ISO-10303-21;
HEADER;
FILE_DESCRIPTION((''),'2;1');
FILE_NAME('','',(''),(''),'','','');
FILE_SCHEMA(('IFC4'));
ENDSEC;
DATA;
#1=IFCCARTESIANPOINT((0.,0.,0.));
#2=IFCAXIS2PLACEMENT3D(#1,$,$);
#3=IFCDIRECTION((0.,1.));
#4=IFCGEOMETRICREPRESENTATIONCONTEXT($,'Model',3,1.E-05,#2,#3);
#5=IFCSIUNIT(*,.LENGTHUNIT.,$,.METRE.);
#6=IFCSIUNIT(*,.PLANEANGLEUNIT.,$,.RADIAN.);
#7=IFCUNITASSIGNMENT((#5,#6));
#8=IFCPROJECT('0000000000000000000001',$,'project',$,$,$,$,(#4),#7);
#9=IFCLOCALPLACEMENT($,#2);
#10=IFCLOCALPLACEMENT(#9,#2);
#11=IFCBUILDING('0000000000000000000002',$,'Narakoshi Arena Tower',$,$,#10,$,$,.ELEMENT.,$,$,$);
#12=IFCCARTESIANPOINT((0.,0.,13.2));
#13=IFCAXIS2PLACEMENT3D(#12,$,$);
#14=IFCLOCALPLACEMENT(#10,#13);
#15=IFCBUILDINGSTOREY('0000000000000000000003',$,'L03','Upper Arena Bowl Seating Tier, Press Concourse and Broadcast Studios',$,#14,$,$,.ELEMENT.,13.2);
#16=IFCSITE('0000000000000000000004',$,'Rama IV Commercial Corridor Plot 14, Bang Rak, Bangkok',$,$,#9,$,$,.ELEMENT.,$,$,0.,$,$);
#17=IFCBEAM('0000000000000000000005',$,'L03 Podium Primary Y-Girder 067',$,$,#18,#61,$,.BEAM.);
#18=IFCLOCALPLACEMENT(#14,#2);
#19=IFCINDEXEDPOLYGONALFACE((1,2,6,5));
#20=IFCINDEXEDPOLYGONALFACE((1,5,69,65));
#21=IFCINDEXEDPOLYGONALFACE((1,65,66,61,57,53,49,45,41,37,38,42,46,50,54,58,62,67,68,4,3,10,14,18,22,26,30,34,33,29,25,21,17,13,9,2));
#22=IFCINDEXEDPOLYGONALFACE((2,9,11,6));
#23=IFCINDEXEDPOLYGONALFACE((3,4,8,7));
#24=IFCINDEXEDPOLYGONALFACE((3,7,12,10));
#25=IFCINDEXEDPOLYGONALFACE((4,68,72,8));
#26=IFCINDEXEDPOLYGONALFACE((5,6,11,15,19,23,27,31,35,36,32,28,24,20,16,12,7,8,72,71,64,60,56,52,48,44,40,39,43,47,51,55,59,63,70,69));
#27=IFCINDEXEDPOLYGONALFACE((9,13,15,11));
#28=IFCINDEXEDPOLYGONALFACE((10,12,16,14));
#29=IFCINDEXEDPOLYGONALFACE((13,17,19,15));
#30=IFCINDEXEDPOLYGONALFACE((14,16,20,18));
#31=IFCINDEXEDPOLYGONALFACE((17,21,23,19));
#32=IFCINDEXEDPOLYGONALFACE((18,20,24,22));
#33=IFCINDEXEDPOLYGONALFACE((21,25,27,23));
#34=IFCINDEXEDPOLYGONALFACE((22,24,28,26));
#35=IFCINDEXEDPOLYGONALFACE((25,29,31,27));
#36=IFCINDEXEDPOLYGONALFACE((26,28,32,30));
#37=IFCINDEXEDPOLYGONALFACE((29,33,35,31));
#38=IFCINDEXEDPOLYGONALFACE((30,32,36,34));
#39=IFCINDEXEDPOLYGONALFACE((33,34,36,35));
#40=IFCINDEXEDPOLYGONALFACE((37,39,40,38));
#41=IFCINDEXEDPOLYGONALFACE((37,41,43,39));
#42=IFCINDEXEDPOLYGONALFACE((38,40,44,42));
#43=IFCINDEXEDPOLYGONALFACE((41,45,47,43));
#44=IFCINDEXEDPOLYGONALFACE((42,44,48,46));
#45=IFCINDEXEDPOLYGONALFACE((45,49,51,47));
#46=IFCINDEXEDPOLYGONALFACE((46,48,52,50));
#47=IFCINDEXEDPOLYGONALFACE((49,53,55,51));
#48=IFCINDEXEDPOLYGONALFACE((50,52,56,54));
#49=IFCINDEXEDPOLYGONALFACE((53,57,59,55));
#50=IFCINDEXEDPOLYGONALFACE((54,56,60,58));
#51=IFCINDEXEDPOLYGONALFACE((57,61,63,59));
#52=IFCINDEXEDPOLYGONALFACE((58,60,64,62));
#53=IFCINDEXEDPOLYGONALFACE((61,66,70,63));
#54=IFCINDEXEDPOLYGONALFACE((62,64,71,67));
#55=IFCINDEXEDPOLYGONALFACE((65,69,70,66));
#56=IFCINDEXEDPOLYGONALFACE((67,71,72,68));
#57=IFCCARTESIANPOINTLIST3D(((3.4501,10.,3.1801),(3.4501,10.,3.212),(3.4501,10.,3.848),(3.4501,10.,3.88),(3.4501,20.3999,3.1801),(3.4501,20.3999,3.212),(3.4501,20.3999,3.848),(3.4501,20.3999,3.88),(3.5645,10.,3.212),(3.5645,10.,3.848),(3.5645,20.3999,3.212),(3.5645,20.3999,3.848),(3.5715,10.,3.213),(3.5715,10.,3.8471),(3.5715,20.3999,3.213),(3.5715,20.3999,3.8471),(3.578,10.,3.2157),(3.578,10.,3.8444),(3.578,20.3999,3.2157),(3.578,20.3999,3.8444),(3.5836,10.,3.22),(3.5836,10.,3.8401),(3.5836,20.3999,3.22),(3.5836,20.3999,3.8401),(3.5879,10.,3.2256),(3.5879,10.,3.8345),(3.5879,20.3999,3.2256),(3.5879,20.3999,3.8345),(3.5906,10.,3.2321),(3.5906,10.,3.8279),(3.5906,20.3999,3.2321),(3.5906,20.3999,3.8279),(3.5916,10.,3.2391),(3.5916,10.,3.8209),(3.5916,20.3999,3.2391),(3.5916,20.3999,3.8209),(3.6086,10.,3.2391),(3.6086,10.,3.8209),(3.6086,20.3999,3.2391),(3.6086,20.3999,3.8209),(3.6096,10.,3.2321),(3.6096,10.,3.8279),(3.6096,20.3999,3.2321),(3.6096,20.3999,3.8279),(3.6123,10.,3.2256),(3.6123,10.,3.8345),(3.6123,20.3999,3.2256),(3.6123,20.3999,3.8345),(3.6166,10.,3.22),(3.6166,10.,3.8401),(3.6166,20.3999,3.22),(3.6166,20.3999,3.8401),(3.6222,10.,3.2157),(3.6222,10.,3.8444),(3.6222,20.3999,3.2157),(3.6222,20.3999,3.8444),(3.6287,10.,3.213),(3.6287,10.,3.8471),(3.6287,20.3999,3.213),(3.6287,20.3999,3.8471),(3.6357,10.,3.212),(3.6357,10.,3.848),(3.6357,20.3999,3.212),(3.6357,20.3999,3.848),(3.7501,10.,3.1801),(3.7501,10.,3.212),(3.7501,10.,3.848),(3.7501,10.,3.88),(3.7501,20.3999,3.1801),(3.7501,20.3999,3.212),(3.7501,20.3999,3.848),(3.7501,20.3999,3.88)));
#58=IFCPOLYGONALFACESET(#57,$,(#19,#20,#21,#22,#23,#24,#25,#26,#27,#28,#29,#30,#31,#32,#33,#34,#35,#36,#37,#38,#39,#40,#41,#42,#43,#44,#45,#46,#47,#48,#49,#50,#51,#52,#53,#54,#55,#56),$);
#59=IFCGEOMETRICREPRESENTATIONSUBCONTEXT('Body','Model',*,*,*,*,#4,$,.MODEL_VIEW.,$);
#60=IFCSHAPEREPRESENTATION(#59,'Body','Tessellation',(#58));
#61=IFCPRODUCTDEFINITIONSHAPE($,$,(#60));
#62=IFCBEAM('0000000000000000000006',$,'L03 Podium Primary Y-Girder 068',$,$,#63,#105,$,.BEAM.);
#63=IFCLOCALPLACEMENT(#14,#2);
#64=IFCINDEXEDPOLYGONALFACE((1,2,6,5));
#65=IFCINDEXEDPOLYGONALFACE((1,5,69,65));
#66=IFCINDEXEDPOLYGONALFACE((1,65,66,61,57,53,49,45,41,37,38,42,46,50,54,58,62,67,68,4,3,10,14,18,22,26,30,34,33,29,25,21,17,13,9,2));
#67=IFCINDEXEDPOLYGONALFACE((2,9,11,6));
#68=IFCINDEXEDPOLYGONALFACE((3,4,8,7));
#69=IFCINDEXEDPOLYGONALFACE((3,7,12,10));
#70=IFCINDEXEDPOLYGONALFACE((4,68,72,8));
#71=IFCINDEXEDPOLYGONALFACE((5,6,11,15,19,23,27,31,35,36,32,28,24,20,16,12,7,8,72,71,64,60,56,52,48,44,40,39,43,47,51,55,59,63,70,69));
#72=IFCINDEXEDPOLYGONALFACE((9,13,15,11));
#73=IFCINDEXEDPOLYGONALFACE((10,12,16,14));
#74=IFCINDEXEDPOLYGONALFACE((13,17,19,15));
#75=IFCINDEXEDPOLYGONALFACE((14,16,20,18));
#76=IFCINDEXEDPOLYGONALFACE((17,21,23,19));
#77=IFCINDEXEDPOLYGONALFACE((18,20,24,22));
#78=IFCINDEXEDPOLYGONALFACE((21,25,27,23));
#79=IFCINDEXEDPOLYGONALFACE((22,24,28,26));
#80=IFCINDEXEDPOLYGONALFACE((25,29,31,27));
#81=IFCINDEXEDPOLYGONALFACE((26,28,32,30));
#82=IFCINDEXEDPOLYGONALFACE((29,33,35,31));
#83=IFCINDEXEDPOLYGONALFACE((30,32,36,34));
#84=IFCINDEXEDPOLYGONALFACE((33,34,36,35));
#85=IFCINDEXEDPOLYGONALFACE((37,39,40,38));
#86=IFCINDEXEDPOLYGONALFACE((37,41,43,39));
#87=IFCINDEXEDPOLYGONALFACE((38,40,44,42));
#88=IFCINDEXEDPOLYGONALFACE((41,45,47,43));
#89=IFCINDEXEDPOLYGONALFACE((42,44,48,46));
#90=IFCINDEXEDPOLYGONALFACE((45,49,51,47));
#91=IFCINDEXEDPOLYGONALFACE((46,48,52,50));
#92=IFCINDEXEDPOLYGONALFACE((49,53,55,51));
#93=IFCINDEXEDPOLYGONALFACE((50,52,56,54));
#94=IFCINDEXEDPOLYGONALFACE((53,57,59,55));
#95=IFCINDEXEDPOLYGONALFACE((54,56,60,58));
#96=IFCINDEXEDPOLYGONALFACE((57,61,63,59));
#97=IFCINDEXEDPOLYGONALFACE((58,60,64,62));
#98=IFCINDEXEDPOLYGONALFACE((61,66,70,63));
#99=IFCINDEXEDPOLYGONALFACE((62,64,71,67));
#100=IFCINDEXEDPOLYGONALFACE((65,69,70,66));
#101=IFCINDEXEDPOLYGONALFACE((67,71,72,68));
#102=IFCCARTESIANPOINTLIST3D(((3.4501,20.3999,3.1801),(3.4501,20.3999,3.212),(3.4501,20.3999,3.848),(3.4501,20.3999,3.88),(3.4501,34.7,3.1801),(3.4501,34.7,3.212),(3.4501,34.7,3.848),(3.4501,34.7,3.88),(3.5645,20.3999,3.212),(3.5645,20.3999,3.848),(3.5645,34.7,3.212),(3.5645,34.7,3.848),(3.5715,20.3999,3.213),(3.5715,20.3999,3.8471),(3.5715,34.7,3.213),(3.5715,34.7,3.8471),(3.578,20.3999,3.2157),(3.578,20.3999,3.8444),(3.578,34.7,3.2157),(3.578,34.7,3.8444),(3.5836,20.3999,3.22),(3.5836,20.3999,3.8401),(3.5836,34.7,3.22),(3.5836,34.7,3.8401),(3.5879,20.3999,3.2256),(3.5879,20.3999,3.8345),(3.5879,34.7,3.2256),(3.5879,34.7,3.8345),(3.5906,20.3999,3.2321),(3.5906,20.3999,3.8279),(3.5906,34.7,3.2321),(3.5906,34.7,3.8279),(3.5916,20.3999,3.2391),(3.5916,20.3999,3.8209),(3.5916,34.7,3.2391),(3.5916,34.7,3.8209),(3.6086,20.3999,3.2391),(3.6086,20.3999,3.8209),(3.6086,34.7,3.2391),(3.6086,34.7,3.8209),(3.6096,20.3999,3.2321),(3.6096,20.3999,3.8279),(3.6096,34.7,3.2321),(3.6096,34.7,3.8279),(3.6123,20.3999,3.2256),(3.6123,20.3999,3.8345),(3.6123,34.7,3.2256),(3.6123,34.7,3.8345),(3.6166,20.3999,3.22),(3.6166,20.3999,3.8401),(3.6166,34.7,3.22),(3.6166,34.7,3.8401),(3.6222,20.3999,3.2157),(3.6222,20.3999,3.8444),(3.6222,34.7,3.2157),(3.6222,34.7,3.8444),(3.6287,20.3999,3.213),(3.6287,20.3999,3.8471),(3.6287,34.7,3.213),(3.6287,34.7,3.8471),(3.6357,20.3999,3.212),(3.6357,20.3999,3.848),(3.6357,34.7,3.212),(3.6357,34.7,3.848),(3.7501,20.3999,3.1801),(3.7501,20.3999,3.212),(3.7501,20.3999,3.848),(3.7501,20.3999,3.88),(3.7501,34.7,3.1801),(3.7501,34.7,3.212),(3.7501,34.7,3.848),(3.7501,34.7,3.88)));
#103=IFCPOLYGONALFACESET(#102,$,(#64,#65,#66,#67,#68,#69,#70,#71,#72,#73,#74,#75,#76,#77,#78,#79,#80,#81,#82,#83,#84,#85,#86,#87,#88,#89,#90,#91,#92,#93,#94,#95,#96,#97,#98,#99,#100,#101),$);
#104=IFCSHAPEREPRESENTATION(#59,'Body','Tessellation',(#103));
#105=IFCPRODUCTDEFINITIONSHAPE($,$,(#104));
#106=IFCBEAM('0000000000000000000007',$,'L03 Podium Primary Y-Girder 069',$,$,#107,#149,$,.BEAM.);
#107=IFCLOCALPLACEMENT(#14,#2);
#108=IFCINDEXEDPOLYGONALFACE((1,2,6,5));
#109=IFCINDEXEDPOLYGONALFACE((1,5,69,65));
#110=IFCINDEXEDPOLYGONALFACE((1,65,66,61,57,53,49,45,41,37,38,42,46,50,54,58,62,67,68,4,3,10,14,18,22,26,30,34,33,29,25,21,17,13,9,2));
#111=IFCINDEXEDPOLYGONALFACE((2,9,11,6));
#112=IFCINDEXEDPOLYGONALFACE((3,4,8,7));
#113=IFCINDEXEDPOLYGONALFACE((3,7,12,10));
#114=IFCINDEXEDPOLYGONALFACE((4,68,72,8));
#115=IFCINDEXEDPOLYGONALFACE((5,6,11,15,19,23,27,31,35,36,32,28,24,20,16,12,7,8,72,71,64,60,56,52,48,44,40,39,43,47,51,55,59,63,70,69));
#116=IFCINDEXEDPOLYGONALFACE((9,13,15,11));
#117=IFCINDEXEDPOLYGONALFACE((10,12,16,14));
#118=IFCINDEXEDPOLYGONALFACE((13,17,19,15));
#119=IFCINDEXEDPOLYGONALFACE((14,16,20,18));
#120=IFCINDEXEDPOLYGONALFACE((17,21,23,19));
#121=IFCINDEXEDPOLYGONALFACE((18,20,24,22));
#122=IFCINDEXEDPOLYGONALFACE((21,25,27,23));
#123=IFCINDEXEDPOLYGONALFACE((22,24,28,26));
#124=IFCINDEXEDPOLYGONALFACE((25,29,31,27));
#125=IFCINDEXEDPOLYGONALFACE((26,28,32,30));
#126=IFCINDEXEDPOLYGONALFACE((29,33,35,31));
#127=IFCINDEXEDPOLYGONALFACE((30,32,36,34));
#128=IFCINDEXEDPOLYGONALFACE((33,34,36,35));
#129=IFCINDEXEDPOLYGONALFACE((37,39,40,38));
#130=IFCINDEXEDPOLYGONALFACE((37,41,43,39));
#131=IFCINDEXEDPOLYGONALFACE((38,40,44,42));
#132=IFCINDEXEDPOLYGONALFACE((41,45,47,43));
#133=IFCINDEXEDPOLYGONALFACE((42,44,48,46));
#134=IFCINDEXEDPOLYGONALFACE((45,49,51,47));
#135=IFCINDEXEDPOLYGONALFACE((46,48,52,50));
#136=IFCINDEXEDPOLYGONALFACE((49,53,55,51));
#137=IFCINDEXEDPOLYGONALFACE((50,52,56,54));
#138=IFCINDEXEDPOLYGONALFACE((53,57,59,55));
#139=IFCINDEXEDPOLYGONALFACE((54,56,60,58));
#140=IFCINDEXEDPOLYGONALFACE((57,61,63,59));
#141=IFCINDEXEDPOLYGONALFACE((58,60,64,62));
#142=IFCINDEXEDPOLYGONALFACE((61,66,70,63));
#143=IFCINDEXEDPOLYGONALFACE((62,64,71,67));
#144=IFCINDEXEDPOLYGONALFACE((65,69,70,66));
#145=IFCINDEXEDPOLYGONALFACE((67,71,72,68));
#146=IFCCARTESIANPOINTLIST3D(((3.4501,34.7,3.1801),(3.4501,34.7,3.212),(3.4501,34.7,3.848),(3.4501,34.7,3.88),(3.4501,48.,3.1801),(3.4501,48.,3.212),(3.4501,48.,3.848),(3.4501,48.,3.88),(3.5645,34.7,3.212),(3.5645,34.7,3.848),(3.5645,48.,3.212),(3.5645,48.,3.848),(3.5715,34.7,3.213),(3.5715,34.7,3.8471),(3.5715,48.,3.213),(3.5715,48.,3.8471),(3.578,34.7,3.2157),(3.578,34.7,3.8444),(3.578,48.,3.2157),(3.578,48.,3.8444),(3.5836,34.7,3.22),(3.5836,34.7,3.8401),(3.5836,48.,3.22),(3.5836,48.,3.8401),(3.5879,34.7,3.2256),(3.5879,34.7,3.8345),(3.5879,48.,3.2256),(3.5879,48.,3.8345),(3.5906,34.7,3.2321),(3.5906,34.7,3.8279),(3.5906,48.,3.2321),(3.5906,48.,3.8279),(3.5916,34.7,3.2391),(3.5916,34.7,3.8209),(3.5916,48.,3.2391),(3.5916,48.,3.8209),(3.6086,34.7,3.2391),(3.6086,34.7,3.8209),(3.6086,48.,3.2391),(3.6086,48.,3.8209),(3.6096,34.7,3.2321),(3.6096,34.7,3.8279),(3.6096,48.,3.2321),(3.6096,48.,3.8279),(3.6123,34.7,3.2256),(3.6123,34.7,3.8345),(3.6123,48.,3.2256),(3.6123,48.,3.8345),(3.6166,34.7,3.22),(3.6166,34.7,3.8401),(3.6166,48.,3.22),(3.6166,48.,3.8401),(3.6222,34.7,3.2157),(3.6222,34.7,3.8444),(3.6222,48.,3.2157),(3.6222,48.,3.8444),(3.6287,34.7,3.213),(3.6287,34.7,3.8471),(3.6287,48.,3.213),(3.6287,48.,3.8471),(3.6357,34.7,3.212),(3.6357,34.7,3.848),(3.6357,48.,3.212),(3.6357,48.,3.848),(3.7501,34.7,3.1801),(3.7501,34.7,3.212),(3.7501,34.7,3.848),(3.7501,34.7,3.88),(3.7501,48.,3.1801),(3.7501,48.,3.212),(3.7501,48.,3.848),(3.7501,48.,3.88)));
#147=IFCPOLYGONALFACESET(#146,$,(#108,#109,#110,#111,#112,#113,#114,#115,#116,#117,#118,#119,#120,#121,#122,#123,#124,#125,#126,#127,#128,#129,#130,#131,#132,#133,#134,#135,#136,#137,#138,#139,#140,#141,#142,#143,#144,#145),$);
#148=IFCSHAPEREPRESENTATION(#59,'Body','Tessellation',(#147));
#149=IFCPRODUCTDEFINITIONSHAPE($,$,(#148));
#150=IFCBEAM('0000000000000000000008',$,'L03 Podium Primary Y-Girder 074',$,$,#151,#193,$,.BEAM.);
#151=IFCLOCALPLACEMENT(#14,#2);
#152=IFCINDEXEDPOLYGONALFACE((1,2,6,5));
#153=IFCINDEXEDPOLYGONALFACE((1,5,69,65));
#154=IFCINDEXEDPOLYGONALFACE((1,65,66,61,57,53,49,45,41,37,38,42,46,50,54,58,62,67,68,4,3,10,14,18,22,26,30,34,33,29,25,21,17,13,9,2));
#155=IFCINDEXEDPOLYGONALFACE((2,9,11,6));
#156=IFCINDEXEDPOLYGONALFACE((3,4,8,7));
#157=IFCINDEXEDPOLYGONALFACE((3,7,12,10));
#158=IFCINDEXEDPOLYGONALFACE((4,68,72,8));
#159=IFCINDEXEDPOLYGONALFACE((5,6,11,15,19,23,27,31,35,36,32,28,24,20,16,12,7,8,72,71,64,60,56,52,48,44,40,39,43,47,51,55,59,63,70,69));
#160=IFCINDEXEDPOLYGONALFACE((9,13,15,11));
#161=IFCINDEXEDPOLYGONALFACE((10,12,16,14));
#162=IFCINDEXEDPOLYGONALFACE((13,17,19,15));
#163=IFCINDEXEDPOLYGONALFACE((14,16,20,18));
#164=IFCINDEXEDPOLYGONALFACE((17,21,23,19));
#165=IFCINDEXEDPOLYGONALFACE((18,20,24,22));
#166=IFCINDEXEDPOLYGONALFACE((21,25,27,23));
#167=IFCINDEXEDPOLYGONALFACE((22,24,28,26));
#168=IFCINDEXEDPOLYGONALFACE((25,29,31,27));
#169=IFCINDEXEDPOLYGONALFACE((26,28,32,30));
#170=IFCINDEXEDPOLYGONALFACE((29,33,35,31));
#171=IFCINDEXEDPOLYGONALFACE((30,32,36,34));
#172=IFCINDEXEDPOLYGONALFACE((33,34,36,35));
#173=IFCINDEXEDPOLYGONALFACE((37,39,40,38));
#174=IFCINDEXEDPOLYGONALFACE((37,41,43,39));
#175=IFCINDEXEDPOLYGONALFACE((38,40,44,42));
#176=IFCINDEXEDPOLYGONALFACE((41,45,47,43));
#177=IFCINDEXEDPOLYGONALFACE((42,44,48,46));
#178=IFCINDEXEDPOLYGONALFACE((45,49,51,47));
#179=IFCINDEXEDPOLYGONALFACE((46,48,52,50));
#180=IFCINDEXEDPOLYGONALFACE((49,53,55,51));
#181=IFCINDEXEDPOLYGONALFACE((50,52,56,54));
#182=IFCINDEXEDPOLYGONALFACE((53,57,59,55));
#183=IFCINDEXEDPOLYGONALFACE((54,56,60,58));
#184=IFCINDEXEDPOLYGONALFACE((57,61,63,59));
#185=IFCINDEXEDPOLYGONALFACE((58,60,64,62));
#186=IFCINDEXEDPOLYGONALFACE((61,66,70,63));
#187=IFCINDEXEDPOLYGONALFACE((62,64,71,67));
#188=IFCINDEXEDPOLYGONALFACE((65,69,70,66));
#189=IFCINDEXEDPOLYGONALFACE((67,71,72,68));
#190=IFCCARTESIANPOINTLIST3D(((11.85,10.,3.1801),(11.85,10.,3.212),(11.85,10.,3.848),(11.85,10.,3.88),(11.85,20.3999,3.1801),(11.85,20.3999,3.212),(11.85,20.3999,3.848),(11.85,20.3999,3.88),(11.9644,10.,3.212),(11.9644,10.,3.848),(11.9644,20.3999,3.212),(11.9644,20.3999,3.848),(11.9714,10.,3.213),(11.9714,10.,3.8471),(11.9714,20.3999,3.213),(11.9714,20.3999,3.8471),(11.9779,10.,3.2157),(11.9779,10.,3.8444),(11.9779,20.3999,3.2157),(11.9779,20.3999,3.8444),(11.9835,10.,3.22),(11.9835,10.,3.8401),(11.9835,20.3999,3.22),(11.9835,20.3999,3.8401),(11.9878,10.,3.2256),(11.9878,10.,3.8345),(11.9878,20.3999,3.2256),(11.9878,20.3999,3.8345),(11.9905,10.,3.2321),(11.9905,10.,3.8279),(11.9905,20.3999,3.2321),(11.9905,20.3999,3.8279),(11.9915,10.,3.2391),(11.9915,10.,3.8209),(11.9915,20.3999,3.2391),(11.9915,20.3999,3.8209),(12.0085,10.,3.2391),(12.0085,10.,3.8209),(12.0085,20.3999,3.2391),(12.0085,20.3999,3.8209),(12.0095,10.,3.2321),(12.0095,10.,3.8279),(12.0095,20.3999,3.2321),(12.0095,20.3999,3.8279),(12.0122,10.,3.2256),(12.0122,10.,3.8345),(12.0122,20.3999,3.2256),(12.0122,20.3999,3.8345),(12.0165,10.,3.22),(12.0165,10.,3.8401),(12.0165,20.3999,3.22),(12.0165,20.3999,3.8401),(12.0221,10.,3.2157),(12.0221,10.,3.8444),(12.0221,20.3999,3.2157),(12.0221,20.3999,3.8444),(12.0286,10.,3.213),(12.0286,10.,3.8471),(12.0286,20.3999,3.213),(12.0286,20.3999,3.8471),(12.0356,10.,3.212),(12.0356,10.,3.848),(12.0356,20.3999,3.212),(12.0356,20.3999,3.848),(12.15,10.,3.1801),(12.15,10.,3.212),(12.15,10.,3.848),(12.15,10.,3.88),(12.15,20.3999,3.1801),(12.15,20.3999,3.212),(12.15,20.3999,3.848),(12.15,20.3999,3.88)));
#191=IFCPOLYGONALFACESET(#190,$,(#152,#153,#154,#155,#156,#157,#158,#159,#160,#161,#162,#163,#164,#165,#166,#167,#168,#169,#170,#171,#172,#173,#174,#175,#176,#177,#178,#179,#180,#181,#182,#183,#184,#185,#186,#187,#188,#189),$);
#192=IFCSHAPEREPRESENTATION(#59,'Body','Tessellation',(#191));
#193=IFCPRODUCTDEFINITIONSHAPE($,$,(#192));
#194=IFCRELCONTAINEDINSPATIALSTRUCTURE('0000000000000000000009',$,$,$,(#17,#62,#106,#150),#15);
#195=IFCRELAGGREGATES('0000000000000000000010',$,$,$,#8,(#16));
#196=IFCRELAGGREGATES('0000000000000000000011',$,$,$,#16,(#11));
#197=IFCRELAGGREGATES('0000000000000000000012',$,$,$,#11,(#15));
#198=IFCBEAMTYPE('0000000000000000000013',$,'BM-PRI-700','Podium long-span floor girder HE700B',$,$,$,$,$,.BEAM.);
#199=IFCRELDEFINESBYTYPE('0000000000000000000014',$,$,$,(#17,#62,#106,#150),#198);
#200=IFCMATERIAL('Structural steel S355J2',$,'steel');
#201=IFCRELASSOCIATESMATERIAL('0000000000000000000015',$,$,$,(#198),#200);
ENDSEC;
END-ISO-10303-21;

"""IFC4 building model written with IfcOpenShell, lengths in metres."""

from ifc_helpers import new_model, si_unit, direction, frame, origin, origin_2d, place, context, subcontext, project, spatial, i_section, extrude, material, material_profile, profile_set, type_object, element, save


model = new_model("IFC4")

# Units and contexts
model_context = context("Model", 3, precision=1e-05, world=origin(), true_north=direction((0.0, 1.0)))
body_context = subcontext(model_context, "Body", "Model", "MODEL_VIEW")
ifc_project = project(units=[si_unit("LENGTHUNIT", "METRE"), si_unit("PLANEANGLEUNIT", "RADIAN")], contexts=[model_context])

# Site, building, storey
site_placement = place(None, origin())
site = spatial("IfcSite", under=ifc_project, at=site_placement, Name="Rama IV Commercial Corridor Plot 14, Bang Rak, Bangkok", CompositionType="ELEMENT", RefElevation=0.0)
building_placement = place(site_placement, origin())
building = spatial("IfcBuilding", under=site, at=building_placement, Name="Narakoshi Arena Tower", CompositionType="ELEMENT")
storey_placement = place(building_placement, frame((0.0, 0.0, 13.2)))
storey = spatial("IfcBuildingStorey", under=building, at=storey_placement, Name="L03", Description="Upper Arena Bowl Seating Tier, Press Concourse and Broadcast Studios", CompositionType="ELEMENT", Elevation=13.2)

# Beams
ifc_material_1 = material(Name="Structural steel S355J2", Category="steel")
ifc_material_profile_1 = material_profile(ifc_material_1, i_section(OverallWidth=0.3, OverallDepth=0.7, WebThickness=0.0171, FlangeThickness=0.032, FilletRadius=0.0271, at=origin_2d()), Name="HE700B")
ifc_profile_set_1 = profile_set([ifc_material_profile_1], Name="Structural steel S355J2")
beam_type_1 = type_object("IfcBeamType", Name="BM-PRI-700", Description="Podium long-span floor girder HE700B", PredefinedType="BEAM", material=ifc_profile_set_1)
beam_1_placement = place(storey_placement, frame((3.6001, 10.0, 3.53), z_axis=(0.0, 1.0, 0.0), x_axis=(-1.0, 0.0, 0.0)))
element("IfcBeam", 1, at=beam_1_placement, inside=storey, type_object=beam_type_1, Name="L03 Podium Primary Y-Girder 067", PredefinedType="BEAM", context=body_context, shape_type="SweptSolid", body=[
    extrude(i_section(OverallWidth=0.3, OverallDepth=0.7, WebThickness=0.0171, FlangeThickness=0.032, FilletRadius=0.0271, at=origin_2d()), origin(), (0.0, 0.0, 1.0), 10.3999),
])
beam_2_placement = place(storey_placement, frame((3.6001, 20.3999, 3.53), z_axis=(0.0, 1.0, 0.0), x_axis=(-1.0, 0.0, 0.0)))
element("IfcBeam", 2, at=beam_2_placement, inside=storey, type_object=beam_type_1, Name="L03 Podium Primary Y-Girder 068", PredefinedType="BEAM", context=body_context, shape_type="SweptSolid", body=[
    extrude(i_section(OverallWidth=0.3, OverallDepth=0.7, WebThickness=0.0171, FlangeThickness=0.032, FilletRadius=0.0271, at=origin_2d()), origin(), (0.0, 0.0, 1.0), 14.3),
])
beam_3_placement = place(storey_placement, frame((3.6001, 34.7, 3.53), z_axis=(0.0, 1.0, 0.0), x_axis=(-1.0, 0.0, 0.0)))
element("IfcBeam", 3, at=beam_3_placement, inside=storey, type_object=beam_type_1, Name="L03 Podium Primary Y-Girder 069", PredefinedType="BEAM", context=body_context, shape_type="SweptSolid", body=[
    extrude(i_section(OverallWidth=0.3, OverallDepth=0.7, WebThickness=0.0171, FlangeThickness=0.032, FilletRadius=0.0271, at=origin_2d()), origin(), (0.0, 0.0, 1.0), 13.3),
])
for number, where, z_axis, x_axis, name in (
    (4, (12.0, 10.0, 3.53), (0.0, 1.0, 0.0), (-1.0, 0.0, 0.0), "L03 Podium Primary Y-Girder 074"),
):
    element("IfcBeam", number, at=place(storey_placement, frame(where, z_axis=z_axis, x_axis=x_axis)), inside=storey, type_object=beam_type_1, Name=name, PredefinedType="BEAM", context=body_context, shape_type="SweptSolid", body=[
        extrude(i_section(OverallWidth=0.3, OverallDepth=0.7, WebThickness=0.0171, FlangeThickness=0.032, FilletRadius=0.0271, at=origin_2d()), origin(), (0.0, 0.0, 1.0), 10.3999),
    ])

save(model, "model.ifc")
